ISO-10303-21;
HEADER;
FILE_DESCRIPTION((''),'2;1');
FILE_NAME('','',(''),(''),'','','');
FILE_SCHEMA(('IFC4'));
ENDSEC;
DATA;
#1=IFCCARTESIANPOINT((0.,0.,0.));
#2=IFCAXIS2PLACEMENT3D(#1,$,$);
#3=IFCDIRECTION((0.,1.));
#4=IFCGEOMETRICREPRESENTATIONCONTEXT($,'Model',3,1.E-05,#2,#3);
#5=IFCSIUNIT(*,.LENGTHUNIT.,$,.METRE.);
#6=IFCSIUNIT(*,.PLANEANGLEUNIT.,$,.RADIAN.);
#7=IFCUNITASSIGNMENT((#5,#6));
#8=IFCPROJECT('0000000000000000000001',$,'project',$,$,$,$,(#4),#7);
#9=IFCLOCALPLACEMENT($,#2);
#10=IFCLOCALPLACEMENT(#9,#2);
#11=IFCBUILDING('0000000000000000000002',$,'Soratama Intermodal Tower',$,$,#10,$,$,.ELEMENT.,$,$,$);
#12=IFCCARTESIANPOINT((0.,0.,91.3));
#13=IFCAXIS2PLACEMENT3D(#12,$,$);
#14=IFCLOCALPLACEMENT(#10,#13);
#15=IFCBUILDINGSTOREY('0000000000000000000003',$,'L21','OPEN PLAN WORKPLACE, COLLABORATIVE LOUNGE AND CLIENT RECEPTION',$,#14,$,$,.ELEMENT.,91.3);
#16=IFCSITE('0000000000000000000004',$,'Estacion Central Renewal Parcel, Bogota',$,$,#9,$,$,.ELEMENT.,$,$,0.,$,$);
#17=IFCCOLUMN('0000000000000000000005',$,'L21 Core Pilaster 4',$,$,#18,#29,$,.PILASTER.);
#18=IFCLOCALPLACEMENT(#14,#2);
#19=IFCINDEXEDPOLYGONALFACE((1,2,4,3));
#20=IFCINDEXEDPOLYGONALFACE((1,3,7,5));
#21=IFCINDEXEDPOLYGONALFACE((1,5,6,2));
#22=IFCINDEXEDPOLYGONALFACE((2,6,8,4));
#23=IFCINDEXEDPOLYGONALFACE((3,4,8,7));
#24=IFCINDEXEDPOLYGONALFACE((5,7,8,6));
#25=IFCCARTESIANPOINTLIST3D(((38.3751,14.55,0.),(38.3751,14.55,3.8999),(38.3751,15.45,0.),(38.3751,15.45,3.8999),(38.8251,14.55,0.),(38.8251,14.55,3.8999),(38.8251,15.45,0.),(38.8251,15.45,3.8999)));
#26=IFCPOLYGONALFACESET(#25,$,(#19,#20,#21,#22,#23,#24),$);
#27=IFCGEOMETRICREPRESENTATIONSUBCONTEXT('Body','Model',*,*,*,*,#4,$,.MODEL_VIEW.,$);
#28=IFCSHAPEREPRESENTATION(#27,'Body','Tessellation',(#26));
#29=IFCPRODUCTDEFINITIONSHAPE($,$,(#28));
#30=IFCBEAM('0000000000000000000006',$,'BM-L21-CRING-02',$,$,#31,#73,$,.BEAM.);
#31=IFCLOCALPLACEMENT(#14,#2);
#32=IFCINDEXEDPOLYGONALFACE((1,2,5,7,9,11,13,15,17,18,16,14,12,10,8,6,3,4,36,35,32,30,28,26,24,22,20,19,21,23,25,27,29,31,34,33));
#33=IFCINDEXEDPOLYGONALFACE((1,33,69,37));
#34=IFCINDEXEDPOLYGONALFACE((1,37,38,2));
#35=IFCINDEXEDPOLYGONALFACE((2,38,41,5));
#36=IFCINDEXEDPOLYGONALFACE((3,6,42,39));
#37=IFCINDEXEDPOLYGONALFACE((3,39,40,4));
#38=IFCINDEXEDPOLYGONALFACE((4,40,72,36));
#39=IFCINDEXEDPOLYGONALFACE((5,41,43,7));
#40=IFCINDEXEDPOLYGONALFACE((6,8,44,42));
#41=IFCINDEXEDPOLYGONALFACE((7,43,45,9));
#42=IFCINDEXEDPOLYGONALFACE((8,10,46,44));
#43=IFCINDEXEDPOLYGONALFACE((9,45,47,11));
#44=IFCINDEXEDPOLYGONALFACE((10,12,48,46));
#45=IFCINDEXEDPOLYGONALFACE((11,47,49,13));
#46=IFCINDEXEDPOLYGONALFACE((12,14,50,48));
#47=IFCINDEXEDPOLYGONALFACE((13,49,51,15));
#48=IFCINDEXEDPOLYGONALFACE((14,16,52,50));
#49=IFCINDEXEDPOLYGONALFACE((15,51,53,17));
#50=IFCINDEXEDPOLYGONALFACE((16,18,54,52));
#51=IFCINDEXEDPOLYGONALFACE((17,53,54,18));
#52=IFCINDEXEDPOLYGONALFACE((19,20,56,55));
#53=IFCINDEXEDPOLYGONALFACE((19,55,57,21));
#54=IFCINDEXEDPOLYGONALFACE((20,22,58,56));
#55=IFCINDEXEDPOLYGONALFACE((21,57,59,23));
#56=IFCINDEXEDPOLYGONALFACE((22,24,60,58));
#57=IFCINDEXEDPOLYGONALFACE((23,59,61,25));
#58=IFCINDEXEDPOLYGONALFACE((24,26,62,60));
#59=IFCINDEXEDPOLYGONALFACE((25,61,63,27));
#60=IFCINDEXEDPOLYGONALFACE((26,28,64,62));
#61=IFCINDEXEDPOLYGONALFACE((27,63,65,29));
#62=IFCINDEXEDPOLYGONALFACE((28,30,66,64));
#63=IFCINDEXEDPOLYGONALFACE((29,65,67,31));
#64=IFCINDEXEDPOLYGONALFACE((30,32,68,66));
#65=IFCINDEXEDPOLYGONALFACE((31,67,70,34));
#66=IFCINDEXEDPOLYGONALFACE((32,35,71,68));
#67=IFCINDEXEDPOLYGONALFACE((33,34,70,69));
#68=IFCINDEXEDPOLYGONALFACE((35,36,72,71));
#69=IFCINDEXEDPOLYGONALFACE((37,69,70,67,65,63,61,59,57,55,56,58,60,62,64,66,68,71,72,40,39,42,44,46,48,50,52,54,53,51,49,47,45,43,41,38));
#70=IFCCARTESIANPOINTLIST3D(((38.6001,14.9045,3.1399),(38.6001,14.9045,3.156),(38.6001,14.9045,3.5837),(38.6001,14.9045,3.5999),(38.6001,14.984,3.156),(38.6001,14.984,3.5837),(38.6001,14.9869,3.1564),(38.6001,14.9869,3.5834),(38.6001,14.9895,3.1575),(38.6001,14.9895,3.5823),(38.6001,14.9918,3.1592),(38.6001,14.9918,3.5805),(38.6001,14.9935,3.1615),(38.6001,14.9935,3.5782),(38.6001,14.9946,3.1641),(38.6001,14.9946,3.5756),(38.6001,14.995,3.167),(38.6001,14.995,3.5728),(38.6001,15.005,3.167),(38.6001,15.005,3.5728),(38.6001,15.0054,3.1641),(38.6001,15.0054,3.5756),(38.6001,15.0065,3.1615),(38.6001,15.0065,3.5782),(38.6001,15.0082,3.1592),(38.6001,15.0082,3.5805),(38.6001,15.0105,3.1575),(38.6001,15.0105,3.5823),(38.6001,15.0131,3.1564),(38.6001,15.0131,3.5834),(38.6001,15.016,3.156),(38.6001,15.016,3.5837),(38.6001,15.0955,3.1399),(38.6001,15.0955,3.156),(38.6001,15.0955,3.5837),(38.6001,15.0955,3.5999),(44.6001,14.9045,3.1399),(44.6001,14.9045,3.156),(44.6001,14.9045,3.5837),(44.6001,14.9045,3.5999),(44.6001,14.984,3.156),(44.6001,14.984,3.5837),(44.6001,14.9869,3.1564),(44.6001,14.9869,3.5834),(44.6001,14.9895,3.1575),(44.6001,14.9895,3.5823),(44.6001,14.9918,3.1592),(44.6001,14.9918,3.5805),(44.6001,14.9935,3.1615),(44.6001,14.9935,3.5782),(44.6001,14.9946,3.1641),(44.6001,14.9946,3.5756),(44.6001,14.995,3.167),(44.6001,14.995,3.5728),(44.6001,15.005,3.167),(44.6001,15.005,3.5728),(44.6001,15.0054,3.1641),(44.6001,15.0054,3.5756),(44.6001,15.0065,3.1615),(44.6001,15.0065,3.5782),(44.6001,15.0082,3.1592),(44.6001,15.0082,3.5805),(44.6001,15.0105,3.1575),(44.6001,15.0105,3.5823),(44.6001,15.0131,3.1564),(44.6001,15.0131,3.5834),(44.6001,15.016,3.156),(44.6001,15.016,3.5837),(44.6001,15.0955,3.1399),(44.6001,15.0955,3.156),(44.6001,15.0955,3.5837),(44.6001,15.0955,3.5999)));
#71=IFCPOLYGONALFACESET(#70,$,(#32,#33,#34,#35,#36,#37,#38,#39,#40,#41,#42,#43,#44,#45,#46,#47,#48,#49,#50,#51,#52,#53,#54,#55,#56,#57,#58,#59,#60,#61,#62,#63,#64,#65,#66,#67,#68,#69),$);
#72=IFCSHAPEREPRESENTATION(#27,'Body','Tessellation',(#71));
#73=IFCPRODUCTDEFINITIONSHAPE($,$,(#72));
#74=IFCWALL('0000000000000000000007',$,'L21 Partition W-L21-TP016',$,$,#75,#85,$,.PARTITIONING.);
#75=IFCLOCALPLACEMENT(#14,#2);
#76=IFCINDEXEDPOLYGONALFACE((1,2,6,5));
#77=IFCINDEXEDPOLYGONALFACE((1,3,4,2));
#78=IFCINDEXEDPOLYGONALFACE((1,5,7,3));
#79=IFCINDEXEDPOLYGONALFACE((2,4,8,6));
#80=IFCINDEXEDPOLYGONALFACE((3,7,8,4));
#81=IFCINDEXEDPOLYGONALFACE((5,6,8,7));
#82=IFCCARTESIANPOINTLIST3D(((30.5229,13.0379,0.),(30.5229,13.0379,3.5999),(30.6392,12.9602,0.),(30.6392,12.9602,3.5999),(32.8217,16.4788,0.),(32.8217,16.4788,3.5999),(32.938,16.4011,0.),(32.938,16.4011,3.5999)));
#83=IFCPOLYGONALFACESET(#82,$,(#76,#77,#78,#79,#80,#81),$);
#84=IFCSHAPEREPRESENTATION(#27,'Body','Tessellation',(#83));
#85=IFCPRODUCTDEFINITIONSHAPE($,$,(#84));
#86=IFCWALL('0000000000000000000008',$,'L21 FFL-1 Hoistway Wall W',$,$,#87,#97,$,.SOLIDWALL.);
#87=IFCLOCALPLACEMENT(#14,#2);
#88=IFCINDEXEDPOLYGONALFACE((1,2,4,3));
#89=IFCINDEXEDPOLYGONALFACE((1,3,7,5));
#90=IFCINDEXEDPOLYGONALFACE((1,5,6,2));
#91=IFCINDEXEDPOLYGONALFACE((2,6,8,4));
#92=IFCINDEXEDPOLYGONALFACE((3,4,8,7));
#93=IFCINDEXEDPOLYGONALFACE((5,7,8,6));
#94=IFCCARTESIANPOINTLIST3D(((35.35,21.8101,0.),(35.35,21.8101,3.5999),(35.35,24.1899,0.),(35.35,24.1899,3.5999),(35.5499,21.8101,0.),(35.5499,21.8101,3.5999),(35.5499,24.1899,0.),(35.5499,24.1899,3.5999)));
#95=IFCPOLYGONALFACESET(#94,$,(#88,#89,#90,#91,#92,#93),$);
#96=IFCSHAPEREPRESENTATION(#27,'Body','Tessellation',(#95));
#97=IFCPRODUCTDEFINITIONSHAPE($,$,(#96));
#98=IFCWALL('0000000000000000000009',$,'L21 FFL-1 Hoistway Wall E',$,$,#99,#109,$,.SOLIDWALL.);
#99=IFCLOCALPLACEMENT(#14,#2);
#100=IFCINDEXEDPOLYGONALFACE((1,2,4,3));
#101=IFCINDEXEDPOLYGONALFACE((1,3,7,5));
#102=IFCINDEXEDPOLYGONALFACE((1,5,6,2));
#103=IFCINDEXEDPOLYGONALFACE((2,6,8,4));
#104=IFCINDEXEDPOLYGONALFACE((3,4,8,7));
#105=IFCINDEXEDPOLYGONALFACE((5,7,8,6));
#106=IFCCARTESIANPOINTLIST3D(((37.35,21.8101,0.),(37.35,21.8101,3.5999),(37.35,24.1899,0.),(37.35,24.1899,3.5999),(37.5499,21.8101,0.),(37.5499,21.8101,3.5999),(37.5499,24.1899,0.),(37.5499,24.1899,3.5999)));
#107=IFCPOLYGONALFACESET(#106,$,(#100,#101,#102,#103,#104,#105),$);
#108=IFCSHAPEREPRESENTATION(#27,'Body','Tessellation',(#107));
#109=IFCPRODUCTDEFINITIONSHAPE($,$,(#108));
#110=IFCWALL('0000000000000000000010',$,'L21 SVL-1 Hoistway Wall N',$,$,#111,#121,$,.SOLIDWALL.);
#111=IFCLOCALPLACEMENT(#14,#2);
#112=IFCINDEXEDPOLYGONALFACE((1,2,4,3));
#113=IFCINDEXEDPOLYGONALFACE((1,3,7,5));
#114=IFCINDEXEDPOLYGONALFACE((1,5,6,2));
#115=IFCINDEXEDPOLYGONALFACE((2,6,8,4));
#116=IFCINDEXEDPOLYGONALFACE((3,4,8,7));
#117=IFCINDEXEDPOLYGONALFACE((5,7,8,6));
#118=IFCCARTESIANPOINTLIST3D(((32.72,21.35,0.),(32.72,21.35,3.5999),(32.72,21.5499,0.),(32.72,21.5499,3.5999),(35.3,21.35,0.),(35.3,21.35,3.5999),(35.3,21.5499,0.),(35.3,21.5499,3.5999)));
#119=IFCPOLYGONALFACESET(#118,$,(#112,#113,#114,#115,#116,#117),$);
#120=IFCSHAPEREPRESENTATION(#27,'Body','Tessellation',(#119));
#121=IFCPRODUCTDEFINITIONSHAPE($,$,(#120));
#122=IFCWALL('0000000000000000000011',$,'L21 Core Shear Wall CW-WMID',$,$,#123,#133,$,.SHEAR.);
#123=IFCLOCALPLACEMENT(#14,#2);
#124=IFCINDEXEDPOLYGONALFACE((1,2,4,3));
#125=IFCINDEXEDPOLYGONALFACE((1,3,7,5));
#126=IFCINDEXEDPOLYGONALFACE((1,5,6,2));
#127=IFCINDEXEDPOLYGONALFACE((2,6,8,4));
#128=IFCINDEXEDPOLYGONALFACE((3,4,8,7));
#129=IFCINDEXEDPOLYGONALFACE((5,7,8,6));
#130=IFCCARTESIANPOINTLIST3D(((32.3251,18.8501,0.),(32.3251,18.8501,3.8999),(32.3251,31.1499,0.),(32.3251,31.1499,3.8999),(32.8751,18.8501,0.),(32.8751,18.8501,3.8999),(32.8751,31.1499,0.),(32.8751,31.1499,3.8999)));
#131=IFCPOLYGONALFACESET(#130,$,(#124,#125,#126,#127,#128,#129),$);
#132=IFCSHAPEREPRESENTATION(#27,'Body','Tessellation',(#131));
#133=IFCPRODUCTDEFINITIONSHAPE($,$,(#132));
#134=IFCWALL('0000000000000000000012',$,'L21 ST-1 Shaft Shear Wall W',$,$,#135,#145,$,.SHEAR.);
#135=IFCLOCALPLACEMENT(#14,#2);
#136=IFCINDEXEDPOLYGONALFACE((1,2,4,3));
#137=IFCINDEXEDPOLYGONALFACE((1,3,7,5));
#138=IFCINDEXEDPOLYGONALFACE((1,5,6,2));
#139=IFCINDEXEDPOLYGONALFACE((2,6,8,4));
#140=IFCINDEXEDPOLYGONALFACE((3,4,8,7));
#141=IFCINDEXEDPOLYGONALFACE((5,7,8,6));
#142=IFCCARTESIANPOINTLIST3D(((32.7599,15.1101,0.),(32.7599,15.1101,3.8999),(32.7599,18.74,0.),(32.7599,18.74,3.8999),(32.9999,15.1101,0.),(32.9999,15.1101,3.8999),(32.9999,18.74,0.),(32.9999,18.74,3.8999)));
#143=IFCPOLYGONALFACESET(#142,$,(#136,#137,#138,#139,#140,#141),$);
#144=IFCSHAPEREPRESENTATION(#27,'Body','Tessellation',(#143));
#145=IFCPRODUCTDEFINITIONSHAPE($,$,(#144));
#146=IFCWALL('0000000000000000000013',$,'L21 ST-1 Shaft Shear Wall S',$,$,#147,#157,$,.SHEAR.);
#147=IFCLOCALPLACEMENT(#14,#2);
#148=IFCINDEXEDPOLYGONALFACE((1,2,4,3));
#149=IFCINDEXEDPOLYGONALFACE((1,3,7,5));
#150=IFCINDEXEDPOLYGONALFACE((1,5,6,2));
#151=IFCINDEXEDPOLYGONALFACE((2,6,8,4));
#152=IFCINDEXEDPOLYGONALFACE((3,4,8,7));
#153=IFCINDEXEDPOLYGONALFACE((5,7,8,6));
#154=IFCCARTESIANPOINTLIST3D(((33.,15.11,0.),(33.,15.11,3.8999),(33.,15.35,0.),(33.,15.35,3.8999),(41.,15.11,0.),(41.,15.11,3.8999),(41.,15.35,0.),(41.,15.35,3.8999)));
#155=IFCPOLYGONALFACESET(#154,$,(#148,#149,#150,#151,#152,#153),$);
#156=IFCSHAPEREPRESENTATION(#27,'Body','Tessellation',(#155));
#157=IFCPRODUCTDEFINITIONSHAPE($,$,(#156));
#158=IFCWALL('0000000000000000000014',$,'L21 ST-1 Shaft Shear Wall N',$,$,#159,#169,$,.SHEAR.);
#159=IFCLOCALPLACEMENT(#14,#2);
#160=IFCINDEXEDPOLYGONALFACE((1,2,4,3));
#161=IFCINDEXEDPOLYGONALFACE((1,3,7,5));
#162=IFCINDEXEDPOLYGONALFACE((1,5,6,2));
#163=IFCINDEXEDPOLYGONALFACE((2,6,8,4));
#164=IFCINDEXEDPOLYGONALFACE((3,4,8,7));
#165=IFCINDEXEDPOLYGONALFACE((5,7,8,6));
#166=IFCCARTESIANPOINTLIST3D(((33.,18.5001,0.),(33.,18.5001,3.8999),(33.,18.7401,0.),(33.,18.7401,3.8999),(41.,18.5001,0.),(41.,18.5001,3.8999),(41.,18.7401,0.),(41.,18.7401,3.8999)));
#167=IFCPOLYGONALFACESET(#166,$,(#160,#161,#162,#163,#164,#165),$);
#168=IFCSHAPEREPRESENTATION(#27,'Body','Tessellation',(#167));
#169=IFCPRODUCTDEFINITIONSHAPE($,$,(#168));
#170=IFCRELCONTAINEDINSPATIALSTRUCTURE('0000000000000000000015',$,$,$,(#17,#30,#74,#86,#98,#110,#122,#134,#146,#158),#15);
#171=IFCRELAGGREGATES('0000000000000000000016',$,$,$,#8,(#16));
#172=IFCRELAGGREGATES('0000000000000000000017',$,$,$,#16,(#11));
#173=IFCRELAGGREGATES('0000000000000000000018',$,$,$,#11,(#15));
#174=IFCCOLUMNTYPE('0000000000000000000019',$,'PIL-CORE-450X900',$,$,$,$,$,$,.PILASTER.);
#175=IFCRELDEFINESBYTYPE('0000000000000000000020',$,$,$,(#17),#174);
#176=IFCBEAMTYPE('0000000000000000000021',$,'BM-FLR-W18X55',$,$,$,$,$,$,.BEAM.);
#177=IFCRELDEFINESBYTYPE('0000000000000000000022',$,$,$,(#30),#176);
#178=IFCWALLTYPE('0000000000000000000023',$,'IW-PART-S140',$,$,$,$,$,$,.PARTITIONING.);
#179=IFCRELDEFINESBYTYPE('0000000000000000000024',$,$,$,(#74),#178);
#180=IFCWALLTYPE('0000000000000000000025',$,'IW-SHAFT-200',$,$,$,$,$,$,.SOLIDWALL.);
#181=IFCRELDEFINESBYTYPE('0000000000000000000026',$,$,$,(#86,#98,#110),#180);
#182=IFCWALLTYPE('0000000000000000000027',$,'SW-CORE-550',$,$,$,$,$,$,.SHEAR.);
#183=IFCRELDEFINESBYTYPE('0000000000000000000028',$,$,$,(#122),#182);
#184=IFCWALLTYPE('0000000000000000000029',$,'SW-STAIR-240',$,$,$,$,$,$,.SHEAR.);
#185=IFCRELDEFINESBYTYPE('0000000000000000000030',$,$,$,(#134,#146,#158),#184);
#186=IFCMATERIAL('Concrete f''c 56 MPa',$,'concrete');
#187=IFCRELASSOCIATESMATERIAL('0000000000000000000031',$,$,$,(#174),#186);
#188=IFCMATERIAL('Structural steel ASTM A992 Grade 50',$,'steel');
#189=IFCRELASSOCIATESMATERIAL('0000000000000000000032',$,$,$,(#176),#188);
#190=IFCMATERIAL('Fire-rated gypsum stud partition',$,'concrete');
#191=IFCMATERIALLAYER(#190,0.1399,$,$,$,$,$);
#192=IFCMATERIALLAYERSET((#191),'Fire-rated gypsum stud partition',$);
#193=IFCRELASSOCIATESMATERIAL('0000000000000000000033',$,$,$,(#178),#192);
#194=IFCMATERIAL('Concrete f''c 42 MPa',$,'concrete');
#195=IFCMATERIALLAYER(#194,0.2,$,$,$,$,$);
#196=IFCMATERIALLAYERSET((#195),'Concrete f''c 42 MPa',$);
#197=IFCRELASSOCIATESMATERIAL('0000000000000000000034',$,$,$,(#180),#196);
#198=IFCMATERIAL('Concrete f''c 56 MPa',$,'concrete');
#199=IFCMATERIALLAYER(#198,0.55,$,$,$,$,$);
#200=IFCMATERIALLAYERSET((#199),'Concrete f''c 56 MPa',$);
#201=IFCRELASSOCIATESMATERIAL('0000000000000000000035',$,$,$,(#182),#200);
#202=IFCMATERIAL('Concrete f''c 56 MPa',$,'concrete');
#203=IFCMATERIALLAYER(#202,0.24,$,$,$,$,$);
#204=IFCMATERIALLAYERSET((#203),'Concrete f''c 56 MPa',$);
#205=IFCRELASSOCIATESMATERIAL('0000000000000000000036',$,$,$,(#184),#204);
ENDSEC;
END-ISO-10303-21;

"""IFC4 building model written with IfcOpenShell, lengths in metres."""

from ifc_helpers import new_model, si_unit, direction, frame, frame_2d, origin, origin_2d, place, context, subcontext, project, spatial, rectangle, i_section, extrude, material, layer, layer_set, material_profile, profile_set, type_object, element, save


model = new_model("IFC4")

# Units and contexts
model_context = context("Model", 3, precision=1e-05, world=origin(), true_north=direction((0.0, 1.0)))
body_context = subcontext(model_context, "Body", "Model", "MODEL_VIEW")
ifc_project = project(units=[si_unit("LENGTHUNIT", "METRE"), si_unit("PLANEANGLEUNIT", "RADIAN")], contexts=[model_context])

# Site, building, storey
site_placement = place(None, origin())
site = spatial("IfcSite", under=ifc_project, at=site_placement, Name="Estacion Central Renewal Parcel, Bogota", CompositionType="ELEMENT", RefElevation=0.0)
building_placement = place(site_placement, origin())
building = spatial("IfcBuilding", under=site, at=building_placement, Name="Soratama Intermodal Tower", CompositionType="ELEMENT")
storey_placement = place(building_placement, frame((0.0, 0.0, 91.3)))
storey = spatial("IfcBuildingStorey", under=building, at=storey_placement, Name="L21", Description="OPEN PLAN WORKPLACE, COLLABORATIVE LOUNGE AND CLIENT RECEPTION", CompositionType="ELEMENT", Elevation=91.3)

# Column
ifc_material_1 = material(Name="Concrete f'c 56 MPa", Category="concrete")
ifc_material_profile_1 = material_profile(ifc_material_1, rectangle(XDim=0.45, YDim=0.8999, at=origin_2d()), Name="RC450X900")
ifc_profile_set_1 = profile_set([ifc_material_profile_1], Name="Concrete f'c 56 MPa")
column_type = type_object("IfcColumnType", Name="PIL-CORE-450X900", PredefinedType="PILASTER", material=ifc_profile_set_1)
column_placement = place(storey_placement, frame((38.6001, 15.0, 0.0), z_axis=(0.0, 0.0, 1.0), x_axis=(1.0, 0.0, 0.0)))
element("IfcColumn", 1, at=column_placement, inside=storey, type_object=column_type, Name="L21 Core Pilaster 4", PredefinedType="PILASTER", context=body_context, shape_type="SweptSolid", body=[
    extrude(rectangle(XDim=0.45, YDim=0.8999, at=origin_2d()), origin(), (0.0, 0.0, 1.0), 3.8999),
])

# Beam
ifc_material_2 = material(Name="Structural steel ASTM A992 Grade 50", Category="steel")
ifc_material_profile_2 = material_profile(ifc_material_2, i_section(OverallWidth=0.1909, OverallDepth=0.46, WebThickness=0.01, FlangeThickness=0.0161, FilletRadius=0.011, at=origin_2d()), Name="W18X55")
ifc_profile_set_2 = profile_set([ifc_material_profile_2], Name="Structural steel ASTM A992 Grade 50")
beam_type = type_object("IfcBeamType", Name="BM-FLR-W18X55", PredefinedType="BEAM", material=ifc_profile_set_2)
beam_placement = place(storey_placement, frame((38.6001, 15.0, 3.3699), z_axis=(1.0, 0.0, 0.0), x_axis=(0.0, 1.0, 0.0)))
element("IfcBeam", 2, at=beam_placement, inside=storey, type_object=beam_type, Name="BM-L21-CRING-02", PredefinedType="BEAM", context=body_context, shape_type="SweptSolid", body=[
    extrude(i_section(OverallWidth=0.1909, OverallDepth=0.46, WebThickness=0.01, FlangeThickness=0.0161, FilletRadius=0.011, at=origin_2d()), origin(), (0.0, 0.0, 1.0), 6.0),
])

# Wall
ifc_material_3 = material(Name="Fire-rated gypsum stud partition", Category="concrete")
ifc_layer_1 = layer(ifc_material_3, 0.1399)
ifc_layer_set_1 = layer_set([ifc_layer_1], Name="Fire-rated gypsum stud partition")
wall_type_1 = type_object("IfcWallType", Name="IW-PART-S140", PredefinedType="PARTITIONING", material=ifc_layer_set_1)
wall_1_placement = place(storey_placement, frame((32.8799, 16.4399, 0.0), z_axis=(0.0, 0.0, 1.0), x_axis=(-0.555517, -0.831505, 0.0)))
element("IfcWall", 3, at=wall_1_placement, inside=storey, type_object=wall_type_1, Name="L21 Partition W-L21-TP016", PredefinedType="PARTITIONING", context=body_context, shape_type="SweptSolid", body=[
    extrude(rectangle(XDim=4.1382, YDim=0.1399, at=frame_2d((2.0691, 0.0))), origin(), (0.0, 0.0, 1.0), 3.5999),
])

# Shared definitions
ifc_material_4 = material(Name="Concrete f'c 42 MPa", Category="concrete")
ifc_layer_2 = layer(ifc_material_4, 0.2)
ifc_layer_set_2 = layer_set([ifc_layer_2], Name="Concrete f'c 42 MPa")
wall_type_2 = type_object("IfcWallType", Name="IW-SHAFT-200", PredefinedType="SOLIDWALL", material=ifc_layer_set_2)

# Walls
for number, where, z_axis, x_axis, name in (
    (4, (35.45, 21.8101, 0.0), (0.0, 0.0, 1.0), (0.0, 1.0, 0.0), "L21 FFL-1 Hoistway Wall W"),
    (5, (37.45, 21.8101, 0.0), (0.0, 0.0, 1.0), (0.0, 1.0, 0.0), "L21 FFL-1 Hoistway Wall E"),
):
    element("IfcWall", number, at=place(storey_placement, frame(where, z_axis=z_axis, x_axis=x_axis)), inside=storey, type_object=wall_type_2, Name=name, PredefinedType="SOLIDWALL", context=body_context, shape_type="SweptSolid", body=[
        extrude(rectangle(XDim=2.3799, YDim=0.2, at=frame_2d((1.1899, 0.0))), origin(), (0.0, 0.0, 1.0), 3.5999),
    ])

# Wall
wall_2_placement = place(storey_placement, frame((32.72, 21.45, 0.0), z_axis=(0.0, 0.0, 1.0), x_axis=(1.0, 0.0, 0.0)))
element("IfcWall", 6, at=wall_2_placement, inside=storey, type_object=wall_type_2, Name="L21 SVL-1 Hoistway Wall N", PredefinedType="SOLIDWALL", context=body_context, shape_type="SweptSolid", body=[
    extrude(rectangle(XDim=2.5801, YDim=0.2, at=frame_2d((1.29, 0.0))), origin(), (0.0, 0.0, 1.0), 3.5999),
])

# Walls
ifc_material_5 = material(Name="Concrete f'c 56 MPa", Category="concrete")
ifc_layer_3 = layer(ifc_material_5, 0.55)
ifc_layer_set_3 = layer_set([ifc_layer_3], Name="Concrete f'c 56 MPa")
wall_type_3 = type_object("IfcWallType", Name="SW-CORE-550", PredefinedType="SHEAR", material=ifc_layer_set_3)
wall_3_placement = place(storey_placement, frame((32.6001, 18.8501, 0.0), z_axis=(0.0, 0.0, 1.0), x_axis=(0.0, 1.0, 0.0)))
element("IfcWall", 7, at=wall_3_placement, inside=storey, type_object=wall_type_3, Name="L21 Core Shear Wall CW-WMID", PredefinedType="SHEAR", context=body_context, shape_type="SweptSolid", body=[
    extrude(rectangle(XDim=12.2998, YDim=0.55, at=frame_2d((6.1499, 0.0))), origin(), (0.0, 0.0, 1.0), 3.8999),
])
ifc_material_6 = material(Name="Concrete f'c 56 MPa", Category="concrete")
ifc_layer_4 = layer(ifc_material_6, 0.24)
ifc_layer_set_4 = layer_set([ifc_layer_4], Name="Concrete f'c 56 MPa")
wall_type_4 = type_object("IfcWallType", Name="SW-STAIR-240", PredefinedType="SHEAR", material=ifc_layer_set_4)
wall_4_placement = place(storey_placement, frame((32.8799, 15.1101, 0.0), z_axis=(0.0, 0.0, 1.0), x_axis=(0.0, 1.0, 0.0)))
element("IfcWall", 8, at=wall_4_placement, inside=storey, type_object=wall_type_4, Name="L21 ST-1 Shaft Shear Wall W", PredefinedType="SHEAR", context=body_context, shape_type="SweptSolid", body=[
    extrude(rectangle(XDim=3.6299, YDim=0.24, at=frame_2d((1.8149, 0.0))), origin(), (0.0, 0.0, 1.0), 3.8999),
])
for number, where, z_axis, x_axis, name in (
    (9, (33.0, 15.23, 0.0), (0.0, 0.0, 1.0), (1.0, 0.0, 0.0), "L21 ST-1 Shaft Shear Wall S"),
    (10, (33.0, 18.6201, 0.0), (0.0, 0.0, 1.0), (1.0, 0.0, 0.0), "L21 ST-1 Shaft Shear Wall N"),
):
    element("IfcWall", number, at=place(storey_placement, frame(where, z_axis=z_axis, x_axis=x_axis)), inside=storey, type_object=wall_type_4, Name=name, PredefinedType="SHEAR", context=body_context, shape_type="SweptSolid", body=[
        extrude(rectangle(XDim=8.0, YDim=0.24, at=frame_2d((4.0, 0.0))), origin(), (0.0, 0.0, 1.0), 3.8999),
    ])

save(model, "model.ifc")
